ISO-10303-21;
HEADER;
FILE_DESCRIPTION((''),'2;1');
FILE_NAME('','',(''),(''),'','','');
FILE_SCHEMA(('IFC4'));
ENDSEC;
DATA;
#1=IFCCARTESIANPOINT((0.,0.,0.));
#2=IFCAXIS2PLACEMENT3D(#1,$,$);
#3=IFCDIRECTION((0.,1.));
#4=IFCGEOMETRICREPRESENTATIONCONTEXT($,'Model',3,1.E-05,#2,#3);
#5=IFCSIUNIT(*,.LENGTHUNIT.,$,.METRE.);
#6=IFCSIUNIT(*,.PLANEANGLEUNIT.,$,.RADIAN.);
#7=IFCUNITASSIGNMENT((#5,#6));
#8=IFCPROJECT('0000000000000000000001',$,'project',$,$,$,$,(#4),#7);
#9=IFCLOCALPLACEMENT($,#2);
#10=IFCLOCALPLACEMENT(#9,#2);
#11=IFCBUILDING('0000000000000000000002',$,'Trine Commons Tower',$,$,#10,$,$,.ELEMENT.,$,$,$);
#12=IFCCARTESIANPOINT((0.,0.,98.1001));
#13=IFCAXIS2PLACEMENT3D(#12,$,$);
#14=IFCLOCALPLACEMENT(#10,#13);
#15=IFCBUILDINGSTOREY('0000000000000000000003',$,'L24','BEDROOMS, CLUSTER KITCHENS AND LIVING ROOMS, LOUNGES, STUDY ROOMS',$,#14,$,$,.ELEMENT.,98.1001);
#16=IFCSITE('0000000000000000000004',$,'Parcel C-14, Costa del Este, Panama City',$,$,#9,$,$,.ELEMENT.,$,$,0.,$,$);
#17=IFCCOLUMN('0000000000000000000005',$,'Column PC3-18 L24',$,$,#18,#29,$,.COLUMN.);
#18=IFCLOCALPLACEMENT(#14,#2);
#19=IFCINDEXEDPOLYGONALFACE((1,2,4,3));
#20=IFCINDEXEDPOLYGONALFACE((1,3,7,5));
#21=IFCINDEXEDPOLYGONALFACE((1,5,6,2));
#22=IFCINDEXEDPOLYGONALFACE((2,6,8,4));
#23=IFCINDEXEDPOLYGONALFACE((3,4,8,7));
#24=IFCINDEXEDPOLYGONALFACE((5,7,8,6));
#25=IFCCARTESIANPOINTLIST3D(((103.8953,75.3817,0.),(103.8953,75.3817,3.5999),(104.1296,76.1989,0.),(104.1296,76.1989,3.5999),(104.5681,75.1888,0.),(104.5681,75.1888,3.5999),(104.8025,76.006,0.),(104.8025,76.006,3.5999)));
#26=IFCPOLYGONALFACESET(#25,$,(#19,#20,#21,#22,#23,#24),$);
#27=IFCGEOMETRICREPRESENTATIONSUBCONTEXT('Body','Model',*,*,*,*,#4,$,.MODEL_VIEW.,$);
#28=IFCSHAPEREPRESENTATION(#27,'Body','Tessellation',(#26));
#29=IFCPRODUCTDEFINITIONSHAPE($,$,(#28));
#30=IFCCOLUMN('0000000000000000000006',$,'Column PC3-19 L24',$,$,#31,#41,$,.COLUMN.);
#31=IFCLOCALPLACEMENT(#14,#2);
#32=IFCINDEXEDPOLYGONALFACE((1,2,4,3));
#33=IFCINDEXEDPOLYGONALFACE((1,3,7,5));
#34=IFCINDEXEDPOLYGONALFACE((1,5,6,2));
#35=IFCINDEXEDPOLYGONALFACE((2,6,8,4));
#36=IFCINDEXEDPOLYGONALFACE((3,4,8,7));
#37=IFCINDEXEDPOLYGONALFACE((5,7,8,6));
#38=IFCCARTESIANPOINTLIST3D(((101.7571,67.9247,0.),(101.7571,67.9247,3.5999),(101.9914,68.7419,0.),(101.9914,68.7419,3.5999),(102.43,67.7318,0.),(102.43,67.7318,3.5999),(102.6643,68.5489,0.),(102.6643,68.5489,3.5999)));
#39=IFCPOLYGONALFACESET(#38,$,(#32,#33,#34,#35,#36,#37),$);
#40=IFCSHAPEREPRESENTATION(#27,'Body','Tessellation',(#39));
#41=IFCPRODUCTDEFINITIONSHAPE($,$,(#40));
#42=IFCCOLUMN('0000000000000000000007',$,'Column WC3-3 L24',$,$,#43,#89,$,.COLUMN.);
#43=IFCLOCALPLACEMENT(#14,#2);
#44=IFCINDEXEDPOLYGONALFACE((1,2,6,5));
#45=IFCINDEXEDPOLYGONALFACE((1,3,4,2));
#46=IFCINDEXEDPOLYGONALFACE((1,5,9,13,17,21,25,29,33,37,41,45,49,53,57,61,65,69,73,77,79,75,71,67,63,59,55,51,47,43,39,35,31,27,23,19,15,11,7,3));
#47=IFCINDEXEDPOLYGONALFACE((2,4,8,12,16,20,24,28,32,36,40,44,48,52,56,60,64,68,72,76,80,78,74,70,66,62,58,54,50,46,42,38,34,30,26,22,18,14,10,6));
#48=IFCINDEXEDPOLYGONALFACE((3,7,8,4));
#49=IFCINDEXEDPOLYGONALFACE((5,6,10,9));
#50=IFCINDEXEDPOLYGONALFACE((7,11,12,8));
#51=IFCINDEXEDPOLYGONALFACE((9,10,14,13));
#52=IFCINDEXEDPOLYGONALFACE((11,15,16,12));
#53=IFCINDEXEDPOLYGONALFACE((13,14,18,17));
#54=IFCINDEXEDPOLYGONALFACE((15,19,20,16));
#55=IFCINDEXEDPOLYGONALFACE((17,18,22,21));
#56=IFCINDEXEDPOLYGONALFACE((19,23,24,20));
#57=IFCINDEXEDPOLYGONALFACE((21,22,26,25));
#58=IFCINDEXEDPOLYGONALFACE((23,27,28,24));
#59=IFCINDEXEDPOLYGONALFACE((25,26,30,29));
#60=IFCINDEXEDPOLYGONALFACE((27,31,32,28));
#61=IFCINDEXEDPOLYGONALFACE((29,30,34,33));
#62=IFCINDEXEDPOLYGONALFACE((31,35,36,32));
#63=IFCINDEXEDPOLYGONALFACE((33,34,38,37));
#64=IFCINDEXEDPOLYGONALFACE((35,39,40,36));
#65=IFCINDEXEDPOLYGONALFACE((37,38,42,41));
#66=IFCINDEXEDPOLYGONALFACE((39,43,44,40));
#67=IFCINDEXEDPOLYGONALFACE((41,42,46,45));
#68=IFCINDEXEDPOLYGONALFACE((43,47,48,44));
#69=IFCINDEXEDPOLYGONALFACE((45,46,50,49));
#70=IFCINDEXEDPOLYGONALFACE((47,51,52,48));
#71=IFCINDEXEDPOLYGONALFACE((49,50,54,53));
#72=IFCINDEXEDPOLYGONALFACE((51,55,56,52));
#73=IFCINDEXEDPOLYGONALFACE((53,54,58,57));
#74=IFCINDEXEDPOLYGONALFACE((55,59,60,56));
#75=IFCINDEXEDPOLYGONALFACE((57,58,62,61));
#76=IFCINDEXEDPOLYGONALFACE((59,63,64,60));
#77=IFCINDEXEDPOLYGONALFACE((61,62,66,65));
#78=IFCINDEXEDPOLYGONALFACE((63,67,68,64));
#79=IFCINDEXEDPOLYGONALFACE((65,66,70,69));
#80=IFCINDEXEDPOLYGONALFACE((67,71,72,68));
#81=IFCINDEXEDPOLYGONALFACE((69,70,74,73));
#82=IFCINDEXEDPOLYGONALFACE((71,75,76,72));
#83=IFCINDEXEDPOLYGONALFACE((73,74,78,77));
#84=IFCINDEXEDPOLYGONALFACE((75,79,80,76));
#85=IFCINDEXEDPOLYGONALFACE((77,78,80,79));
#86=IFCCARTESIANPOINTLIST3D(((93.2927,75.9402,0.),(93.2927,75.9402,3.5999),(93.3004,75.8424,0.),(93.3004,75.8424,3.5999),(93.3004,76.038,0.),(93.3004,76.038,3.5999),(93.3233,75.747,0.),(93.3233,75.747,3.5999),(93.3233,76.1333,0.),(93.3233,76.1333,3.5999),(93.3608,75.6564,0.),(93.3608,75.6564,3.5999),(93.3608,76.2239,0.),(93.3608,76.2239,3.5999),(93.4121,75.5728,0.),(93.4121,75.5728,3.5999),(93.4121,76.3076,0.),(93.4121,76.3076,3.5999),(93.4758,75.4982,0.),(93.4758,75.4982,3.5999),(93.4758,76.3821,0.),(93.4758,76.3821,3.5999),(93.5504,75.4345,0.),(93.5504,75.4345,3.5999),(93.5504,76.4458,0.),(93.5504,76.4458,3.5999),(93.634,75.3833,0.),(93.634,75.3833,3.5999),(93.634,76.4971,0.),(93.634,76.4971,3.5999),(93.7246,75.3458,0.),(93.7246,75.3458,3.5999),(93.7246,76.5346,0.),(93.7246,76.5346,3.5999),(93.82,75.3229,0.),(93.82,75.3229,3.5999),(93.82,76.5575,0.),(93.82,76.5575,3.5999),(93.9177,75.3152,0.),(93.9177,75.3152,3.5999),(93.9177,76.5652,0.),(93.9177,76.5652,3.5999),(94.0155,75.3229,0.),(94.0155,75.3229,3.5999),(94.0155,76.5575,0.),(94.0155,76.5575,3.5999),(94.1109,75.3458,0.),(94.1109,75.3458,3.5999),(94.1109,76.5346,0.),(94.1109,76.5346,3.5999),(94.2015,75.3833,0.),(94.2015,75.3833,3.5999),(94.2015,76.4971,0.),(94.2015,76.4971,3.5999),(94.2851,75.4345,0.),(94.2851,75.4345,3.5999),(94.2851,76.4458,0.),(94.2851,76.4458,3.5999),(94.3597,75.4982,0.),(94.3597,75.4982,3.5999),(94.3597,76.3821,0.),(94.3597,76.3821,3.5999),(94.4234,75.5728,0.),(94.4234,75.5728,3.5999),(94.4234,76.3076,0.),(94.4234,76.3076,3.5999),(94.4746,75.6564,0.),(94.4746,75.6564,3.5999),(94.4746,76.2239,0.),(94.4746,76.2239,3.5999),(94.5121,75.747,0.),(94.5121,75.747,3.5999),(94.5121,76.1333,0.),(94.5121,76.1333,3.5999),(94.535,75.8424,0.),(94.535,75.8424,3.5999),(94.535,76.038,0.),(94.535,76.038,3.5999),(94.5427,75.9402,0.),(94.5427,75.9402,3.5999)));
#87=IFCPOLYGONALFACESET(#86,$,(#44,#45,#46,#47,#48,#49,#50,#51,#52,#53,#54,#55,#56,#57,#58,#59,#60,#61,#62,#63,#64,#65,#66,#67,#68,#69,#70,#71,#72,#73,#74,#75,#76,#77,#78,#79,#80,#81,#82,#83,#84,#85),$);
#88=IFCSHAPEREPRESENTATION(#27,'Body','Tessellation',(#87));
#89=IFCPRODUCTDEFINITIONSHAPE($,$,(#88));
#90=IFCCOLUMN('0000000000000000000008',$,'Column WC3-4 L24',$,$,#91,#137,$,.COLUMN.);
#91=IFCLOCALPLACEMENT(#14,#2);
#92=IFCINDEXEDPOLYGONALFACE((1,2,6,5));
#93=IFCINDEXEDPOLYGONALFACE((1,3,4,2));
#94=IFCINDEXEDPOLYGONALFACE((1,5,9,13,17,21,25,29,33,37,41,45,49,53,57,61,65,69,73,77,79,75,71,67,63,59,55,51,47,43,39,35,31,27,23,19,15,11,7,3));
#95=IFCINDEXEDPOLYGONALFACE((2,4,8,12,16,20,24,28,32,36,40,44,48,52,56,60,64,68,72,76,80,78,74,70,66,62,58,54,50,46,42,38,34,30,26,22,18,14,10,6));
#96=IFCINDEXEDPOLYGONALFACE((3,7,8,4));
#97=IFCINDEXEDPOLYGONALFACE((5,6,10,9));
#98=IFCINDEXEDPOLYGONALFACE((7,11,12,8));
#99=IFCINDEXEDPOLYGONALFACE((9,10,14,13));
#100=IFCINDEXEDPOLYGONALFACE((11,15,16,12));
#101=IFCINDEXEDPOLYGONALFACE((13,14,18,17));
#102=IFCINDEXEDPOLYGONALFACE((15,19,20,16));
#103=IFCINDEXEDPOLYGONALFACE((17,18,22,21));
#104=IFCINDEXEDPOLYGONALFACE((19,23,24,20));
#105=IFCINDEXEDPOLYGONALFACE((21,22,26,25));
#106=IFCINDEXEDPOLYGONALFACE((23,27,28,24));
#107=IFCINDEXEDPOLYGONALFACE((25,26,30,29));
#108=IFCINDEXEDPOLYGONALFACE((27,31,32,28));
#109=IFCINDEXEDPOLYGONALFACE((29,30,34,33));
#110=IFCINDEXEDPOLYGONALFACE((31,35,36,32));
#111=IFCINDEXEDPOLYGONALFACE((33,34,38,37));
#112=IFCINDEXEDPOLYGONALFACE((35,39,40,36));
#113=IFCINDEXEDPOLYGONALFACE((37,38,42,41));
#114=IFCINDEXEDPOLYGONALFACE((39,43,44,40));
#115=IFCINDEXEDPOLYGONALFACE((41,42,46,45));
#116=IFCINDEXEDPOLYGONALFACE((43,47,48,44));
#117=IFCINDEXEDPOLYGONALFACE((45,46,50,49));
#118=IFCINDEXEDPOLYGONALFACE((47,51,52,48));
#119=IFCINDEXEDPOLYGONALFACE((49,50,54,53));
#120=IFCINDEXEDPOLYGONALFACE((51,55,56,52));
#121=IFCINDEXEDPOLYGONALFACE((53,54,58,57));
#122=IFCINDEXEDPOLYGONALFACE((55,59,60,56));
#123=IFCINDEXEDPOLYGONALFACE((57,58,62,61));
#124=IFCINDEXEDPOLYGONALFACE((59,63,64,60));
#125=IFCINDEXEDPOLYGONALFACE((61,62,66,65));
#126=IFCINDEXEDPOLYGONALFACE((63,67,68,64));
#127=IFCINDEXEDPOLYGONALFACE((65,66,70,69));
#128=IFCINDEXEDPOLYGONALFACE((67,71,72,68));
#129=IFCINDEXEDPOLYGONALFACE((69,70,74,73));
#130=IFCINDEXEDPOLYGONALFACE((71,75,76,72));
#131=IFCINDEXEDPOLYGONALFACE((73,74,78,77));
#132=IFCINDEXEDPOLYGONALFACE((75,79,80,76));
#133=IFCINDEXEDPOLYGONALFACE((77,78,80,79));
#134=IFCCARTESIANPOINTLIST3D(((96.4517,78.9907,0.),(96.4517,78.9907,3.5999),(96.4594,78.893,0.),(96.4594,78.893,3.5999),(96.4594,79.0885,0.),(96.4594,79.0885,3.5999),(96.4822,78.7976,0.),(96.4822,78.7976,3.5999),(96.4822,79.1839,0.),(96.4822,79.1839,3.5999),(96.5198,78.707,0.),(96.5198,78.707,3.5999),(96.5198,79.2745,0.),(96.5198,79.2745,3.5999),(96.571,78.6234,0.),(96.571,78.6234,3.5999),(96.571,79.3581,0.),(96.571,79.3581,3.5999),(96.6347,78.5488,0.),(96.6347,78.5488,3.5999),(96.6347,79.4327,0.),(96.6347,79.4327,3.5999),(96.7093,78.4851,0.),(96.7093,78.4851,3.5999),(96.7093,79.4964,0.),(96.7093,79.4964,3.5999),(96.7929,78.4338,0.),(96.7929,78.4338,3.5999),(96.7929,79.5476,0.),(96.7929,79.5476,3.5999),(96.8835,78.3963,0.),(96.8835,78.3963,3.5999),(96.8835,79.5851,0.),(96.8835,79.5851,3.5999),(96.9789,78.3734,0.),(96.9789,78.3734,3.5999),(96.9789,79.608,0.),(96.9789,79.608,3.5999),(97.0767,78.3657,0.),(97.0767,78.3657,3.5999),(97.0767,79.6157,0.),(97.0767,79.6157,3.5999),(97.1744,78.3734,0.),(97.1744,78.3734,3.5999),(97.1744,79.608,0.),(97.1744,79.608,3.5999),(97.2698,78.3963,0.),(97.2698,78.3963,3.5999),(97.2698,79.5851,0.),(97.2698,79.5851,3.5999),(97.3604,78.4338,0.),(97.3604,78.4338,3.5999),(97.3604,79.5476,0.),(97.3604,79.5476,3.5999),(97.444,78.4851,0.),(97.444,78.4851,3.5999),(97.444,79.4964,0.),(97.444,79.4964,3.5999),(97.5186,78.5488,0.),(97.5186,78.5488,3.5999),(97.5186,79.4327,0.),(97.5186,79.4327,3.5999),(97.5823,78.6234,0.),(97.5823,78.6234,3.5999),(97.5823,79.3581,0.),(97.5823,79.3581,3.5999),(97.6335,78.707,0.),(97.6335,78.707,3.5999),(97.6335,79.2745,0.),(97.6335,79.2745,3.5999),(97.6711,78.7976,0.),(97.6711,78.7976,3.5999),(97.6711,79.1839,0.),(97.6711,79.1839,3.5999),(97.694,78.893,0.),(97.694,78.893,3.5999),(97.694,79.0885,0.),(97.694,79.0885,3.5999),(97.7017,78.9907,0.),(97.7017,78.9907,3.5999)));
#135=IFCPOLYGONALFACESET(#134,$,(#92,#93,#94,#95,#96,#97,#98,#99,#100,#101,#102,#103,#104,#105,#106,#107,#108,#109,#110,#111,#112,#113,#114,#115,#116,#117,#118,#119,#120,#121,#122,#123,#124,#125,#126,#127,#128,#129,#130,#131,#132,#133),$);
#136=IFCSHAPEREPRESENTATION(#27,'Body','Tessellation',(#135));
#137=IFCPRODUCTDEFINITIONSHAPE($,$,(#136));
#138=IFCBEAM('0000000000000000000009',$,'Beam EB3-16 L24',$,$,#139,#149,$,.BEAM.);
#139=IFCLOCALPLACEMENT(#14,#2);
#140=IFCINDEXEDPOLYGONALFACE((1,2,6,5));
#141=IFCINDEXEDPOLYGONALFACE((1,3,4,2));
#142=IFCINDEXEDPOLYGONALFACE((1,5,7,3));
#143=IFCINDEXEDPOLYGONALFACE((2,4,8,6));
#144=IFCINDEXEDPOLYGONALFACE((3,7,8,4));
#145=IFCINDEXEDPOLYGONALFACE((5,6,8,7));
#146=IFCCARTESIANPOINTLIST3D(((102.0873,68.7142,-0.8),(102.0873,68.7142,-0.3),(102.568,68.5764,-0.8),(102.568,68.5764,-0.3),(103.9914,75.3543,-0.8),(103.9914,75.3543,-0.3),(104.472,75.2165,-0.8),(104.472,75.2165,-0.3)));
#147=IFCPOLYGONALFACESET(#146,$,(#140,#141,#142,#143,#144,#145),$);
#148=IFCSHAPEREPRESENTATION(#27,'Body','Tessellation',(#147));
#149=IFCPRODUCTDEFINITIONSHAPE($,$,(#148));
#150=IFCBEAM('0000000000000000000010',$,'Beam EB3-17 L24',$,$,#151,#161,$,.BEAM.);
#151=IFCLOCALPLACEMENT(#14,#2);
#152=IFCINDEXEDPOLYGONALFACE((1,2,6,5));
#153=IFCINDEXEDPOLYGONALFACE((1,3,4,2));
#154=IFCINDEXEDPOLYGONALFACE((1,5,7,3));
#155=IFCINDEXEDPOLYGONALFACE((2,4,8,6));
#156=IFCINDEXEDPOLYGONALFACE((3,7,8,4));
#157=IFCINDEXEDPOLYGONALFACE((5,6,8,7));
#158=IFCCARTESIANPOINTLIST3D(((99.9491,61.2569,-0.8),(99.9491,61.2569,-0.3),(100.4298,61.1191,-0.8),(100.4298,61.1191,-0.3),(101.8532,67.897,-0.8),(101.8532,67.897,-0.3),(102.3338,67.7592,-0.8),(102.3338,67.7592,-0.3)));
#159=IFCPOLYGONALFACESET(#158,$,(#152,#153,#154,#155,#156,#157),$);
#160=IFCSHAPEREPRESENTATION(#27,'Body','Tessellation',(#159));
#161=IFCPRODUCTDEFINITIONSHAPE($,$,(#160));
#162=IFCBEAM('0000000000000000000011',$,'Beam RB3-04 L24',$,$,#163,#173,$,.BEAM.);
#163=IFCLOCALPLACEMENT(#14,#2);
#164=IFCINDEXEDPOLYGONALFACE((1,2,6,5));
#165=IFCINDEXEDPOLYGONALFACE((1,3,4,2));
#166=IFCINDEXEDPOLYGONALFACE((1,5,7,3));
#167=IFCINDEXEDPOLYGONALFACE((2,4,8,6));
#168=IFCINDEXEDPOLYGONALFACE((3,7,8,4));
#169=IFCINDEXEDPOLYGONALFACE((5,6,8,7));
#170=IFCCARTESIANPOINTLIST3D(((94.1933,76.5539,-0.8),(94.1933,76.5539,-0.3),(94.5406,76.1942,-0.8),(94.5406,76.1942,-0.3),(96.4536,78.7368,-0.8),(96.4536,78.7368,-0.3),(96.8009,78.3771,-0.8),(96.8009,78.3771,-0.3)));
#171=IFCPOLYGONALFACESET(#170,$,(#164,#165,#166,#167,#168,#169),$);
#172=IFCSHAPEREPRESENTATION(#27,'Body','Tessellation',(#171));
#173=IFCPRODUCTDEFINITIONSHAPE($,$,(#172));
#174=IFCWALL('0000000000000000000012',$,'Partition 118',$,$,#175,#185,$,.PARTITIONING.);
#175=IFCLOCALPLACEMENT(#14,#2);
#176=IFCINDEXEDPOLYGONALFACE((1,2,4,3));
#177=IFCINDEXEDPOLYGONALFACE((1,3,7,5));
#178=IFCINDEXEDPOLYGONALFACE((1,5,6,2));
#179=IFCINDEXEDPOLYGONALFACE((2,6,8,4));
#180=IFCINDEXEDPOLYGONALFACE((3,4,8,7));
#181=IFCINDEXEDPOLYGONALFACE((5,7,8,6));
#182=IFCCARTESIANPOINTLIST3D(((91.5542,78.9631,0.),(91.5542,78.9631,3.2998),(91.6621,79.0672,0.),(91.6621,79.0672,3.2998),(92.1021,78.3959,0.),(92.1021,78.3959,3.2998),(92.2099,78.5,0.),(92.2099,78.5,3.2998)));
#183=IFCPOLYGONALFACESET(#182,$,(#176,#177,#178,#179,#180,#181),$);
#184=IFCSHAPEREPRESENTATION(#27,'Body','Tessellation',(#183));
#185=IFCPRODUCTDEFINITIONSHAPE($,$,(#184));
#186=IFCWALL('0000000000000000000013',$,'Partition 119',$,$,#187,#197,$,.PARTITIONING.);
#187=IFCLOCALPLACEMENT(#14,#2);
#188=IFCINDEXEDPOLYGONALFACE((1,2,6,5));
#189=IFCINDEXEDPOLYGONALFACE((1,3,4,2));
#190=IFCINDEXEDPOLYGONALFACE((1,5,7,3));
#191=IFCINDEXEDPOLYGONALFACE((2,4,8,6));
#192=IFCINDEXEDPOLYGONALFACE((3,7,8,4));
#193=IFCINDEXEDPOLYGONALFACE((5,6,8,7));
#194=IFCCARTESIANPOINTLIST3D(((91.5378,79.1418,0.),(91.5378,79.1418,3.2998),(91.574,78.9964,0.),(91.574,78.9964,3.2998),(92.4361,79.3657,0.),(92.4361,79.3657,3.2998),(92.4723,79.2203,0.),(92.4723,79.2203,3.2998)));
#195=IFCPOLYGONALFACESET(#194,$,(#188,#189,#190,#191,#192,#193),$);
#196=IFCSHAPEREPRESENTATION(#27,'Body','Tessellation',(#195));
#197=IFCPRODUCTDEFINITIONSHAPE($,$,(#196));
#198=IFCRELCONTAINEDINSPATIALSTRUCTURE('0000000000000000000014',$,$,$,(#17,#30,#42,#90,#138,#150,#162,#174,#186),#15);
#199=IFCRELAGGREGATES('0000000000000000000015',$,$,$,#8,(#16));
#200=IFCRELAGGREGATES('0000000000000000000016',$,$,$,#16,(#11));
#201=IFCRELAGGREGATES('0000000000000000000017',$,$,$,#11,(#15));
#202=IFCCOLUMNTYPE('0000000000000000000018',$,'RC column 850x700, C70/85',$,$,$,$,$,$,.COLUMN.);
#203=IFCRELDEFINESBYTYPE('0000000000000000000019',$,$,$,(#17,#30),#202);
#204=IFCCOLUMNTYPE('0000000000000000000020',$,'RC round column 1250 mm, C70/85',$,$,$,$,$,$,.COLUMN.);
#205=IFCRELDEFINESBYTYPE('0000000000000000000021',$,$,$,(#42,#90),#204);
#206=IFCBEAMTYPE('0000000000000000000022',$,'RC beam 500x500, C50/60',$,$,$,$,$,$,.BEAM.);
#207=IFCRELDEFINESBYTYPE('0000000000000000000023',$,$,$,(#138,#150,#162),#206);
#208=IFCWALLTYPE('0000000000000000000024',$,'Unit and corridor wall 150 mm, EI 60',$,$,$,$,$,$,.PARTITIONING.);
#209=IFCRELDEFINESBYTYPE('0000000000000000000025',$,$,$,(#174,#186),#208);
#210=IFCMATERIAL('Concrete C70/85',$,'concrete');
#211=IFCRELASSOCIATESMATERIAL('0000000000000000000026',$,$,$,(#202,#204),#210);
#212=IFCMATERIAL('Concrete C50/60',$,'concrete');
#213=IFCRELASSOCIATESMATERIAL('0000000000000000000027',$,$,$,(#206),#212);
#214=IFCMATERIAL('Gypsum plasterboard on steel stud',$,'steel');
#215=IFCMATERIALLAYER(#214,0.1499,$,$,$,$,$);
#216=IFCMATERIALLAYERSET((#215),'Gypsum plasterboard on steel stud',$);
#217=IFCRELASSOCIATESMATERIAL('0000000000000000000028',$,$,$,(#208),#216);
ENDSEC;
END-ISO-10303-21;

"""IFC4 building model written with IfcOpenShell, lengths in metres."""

from ifc_helpers import new_model, si_unit, direction, frame, frame_2d, origin, origin_2d, place, context, subcontext, project, spatial, rectangle, circle, extrude, material, layer, layer_set, material_profile, profile_set, type_object, element, save


model = new_model("IFC4")

# Units and contexts
model_context = context("Model", 3, precision=1e-05, world=origin(), true_north=direction((0.0, 1.0)))
body_context = subcontext(model_context, "Body", "Model", "MODEL_VIEW")
ifc_project = project(units=[si_unit("LENGTHUNIT", "METRE"), si_unit("PLANEANGLEUNIT", "RADIAN")], contexts=[model_context])

# Site, building, storey
site_placement = place(None, origin())
site = spatial("IfcSite", under=ifc_project, at=site_placement, Name="Parcel C-14, Costa del Este, Panama City", CompositionType="ELEMENT", RefElevation=0.0)
building_placement = place(site_placement, origin())
building = spatial("IfcBuilding", under=site, at=building_placement, Name="Trine Commons Tower", CompositionType="ELEMENT")
storey_placement = place(building_placement, frame((0.0, 0.0, 98.1001)))
storey = spatial("IfcBuildingStorey", under=building, at=storey_placement, Name="L24", Description="BEDROOMS, CLUSTER KITCHENS AND LIVING ROOMS, LOUNGES, STUDY ROOMS", CompositionType="ELEMENT", Elevation=98.1001)

# Columns
ifc_material_1 = material(Name="Concrete C70/85", Category="concrete")
ifc_material_profile_1 = material_profile(ifc_material_1, rectangle(XDim=0.8501, YDim=0.7, at=origin_2d()), Name="RC 850x700")
ifc_profile_set_1 = profile_set([ifc_material_profile_1], Name="Concrete C70/85")
column_type_1 = type_object("IfcColumnType", Name="RC column 850x700, C70/85", PredefinedType="COLUMN", material=ifc_profile_set_1)
for number, where, z_axis, x_axis, name in (
    (1, (104.3489, 75.6938, 0.0), (0.0, 0.0, 1.0), (0.275637, 0.961262, 0.0), "Column PC3-18 L24"),
    (2, (102.2107, 68.2368, 0.0), (0.0, 0.0, 1.0), (0.275637, 0.961262, 0.0), "Column PC3-19 L24"),
):
    element("IfcColumn", number, at=place(storey_placement, frame(where, z_axis=z_axis, x_axis=x_axis)), inside=storey, type_object=column_type_1, Name=name, PredefinedType="COLUMN", context=body_context, shape_type="SweptSolid", body=[
        extrude(rectangle(XDim=0.8501, YDim=0.7, at=origin_2d()), origin(), (0.0, 0.0, 1.0), 3.5999),
    ])
ifc_material_profile_2 = material_profile(ifc_material_1, circle(Radius=0.625, at=origin_2d()), Name="RC round 1250")
ifc_profile_set_2 = profile_set([ifc_material_profile_2], Name="Concrete C70/85")
column_type_2 = type_object("IfcColumnType", Name="RC round column 1250 mm, C70/85", PredefinedType="COLUMN", material=ifc_profile_set_2)
for number, where, z_axis, x_axis, name in (
    (3, (93.9177, 75.9402, 0.0), (0.0, 0.0, 1.0), (1.0, 0.0, 0.0), "Column WC3-3 L24"),
    (4, (97.0767, 78.9907, 0.0), (0.0, 0.0, 1.0), (1.0, 0.0, 0.0), "Column WC3-4 L24"),
):
    element("IfcColumn", number, at=place(storey_placement, frame(where, z_axis=z_axis, x_axis=x_axis)), inside=storey, type_object=column_type_2, Name=name, PredefinedType="COLUMN", context=body_context, shape_type="SweptSolid", body=[
        extrude(circle(Radius=0.625, at=origin_2d()), origin(), (0.0, 0.0, 1.0), 3.5999),
    ])

# Beams
ifc_material_2 = material(Name="Concrete C50/60", Category="concrete")
ifc_material_profile_3 = material_profile(ifc_material_2, rectangle(XDim=0.5, YDim=0.5, at=origin_2d()), Name="RC 500x500")
ifc_profile_set_3 = profile_set([ifc_material_profile_3], Name="Concrete C50/60")
beam_type = type_object("IfcBeamType", Name="RC beam 500x500, C50/60", PredefinedType="BEAM", material=ifc_profile_set_3)
for number, where, z_axis, x_axis, name in (
    (5, (104.2317, 75.2854, -0.55), (-0.275641, -0.961261, 0.0), (0.961261, -0.275641, 0.0), "Beam EB3-16 L24"),
    (6, (102.0935, 67.8281, -0.55), (-0.275641, -0.961261, 0.0), (0.961261, -0.275641, 0.0), "Beam EB3-17 L24"),
):
    element("IfcBeam", number, at=place(storey_placement, frame(where, z_axis=z_axis, x_axis=x_axis)), inside=storey, type_object=beam_type, Name=name, PredefinedType="BEAM", context=body_context, shape_type="SweptSolid", body=[
        extrude(rectangle(XDim=0.5, YDim=0.5, at=origin_2d()), origin(), (0.0, 0.0, 1.0), 6.9077),
    ])
beam_placement = place(storey_placement, frame((94.3669, 76.374, -0.55), z_axis=(0.719314, 0.694685, 0.0), x_axis=(-0.694685, 0.719314, 0.0)))
element("IfcBeam", 7, at=beam_placement, inside=storey, type_object=beam_type, Name="Beam RB3-04 L24", PredefinedType="BEAM", context=body_context, shape_type="SweptSolid", body=[
    extrude(rectangle(XDim=0.5, YDim=0.5, at=origin_2d()), origin(), (0.0, 0.0, 1.0), 3.1423),
])

# Walls
ifc_material_3 = material(Name="Gypsum plasterboard on steel stud", Category="steel")
ifc_layer_1 = layer(ifc_material_3, 0.1499)
ifc_layer_set_1 = layer_set([ifc_layer_1], Name="Gypsum plasterboard on steel stud")
wall_type_1 = type_object("IfcWallType", Name="Unit and corridor wall 150 mm, EI 60", PredefinedType="PARTITIONING", material=ifc_layer_set_1)
wall_1_placement = place(storey_placement, frame((91.6082, 79.0151, 0.0), z_axis=(0.0, 0.0, 1.0), x_axis=(0.694771, -0.719231, 0.0)))
element("IfcWall", 8, at=wall_1_placement, inside=storey, type_object=wall_type_1, Name="Partition 118", PredefinedType="PARTITIONING", context=body_context, shape_type="SweptSolid", body=[
    extrude(rectangle(XDim=0.7886, YDim=0.1499, at=frame_2d((0.3943, 0.0))), origin(), (0.0, 0.0, 1.0), 3.2998),
])
wall_2_placement = place(storey_placement, frame((91.5559, 79.0691, 0.0), z_axis=(0.0, 0.0, 1.0), x_axis=(0.970313, 0.241853, 0.0)))
element("IfcWall", 9, at=wall_2_placement, inside=storey, type_object=wall_type_1, Name="Partition 119", PredefinedType="PARTITIONING", context=body_context, shape_type="SweptSolid", body=[
    extrude(rectangle(XDim=0.9258, YDim=0.1499, at=frame_2d((0.4629, 0.0))), origin(), (0.0, 0.0, 1.0), 3.2998),
])

save(model, "model.ifc")
